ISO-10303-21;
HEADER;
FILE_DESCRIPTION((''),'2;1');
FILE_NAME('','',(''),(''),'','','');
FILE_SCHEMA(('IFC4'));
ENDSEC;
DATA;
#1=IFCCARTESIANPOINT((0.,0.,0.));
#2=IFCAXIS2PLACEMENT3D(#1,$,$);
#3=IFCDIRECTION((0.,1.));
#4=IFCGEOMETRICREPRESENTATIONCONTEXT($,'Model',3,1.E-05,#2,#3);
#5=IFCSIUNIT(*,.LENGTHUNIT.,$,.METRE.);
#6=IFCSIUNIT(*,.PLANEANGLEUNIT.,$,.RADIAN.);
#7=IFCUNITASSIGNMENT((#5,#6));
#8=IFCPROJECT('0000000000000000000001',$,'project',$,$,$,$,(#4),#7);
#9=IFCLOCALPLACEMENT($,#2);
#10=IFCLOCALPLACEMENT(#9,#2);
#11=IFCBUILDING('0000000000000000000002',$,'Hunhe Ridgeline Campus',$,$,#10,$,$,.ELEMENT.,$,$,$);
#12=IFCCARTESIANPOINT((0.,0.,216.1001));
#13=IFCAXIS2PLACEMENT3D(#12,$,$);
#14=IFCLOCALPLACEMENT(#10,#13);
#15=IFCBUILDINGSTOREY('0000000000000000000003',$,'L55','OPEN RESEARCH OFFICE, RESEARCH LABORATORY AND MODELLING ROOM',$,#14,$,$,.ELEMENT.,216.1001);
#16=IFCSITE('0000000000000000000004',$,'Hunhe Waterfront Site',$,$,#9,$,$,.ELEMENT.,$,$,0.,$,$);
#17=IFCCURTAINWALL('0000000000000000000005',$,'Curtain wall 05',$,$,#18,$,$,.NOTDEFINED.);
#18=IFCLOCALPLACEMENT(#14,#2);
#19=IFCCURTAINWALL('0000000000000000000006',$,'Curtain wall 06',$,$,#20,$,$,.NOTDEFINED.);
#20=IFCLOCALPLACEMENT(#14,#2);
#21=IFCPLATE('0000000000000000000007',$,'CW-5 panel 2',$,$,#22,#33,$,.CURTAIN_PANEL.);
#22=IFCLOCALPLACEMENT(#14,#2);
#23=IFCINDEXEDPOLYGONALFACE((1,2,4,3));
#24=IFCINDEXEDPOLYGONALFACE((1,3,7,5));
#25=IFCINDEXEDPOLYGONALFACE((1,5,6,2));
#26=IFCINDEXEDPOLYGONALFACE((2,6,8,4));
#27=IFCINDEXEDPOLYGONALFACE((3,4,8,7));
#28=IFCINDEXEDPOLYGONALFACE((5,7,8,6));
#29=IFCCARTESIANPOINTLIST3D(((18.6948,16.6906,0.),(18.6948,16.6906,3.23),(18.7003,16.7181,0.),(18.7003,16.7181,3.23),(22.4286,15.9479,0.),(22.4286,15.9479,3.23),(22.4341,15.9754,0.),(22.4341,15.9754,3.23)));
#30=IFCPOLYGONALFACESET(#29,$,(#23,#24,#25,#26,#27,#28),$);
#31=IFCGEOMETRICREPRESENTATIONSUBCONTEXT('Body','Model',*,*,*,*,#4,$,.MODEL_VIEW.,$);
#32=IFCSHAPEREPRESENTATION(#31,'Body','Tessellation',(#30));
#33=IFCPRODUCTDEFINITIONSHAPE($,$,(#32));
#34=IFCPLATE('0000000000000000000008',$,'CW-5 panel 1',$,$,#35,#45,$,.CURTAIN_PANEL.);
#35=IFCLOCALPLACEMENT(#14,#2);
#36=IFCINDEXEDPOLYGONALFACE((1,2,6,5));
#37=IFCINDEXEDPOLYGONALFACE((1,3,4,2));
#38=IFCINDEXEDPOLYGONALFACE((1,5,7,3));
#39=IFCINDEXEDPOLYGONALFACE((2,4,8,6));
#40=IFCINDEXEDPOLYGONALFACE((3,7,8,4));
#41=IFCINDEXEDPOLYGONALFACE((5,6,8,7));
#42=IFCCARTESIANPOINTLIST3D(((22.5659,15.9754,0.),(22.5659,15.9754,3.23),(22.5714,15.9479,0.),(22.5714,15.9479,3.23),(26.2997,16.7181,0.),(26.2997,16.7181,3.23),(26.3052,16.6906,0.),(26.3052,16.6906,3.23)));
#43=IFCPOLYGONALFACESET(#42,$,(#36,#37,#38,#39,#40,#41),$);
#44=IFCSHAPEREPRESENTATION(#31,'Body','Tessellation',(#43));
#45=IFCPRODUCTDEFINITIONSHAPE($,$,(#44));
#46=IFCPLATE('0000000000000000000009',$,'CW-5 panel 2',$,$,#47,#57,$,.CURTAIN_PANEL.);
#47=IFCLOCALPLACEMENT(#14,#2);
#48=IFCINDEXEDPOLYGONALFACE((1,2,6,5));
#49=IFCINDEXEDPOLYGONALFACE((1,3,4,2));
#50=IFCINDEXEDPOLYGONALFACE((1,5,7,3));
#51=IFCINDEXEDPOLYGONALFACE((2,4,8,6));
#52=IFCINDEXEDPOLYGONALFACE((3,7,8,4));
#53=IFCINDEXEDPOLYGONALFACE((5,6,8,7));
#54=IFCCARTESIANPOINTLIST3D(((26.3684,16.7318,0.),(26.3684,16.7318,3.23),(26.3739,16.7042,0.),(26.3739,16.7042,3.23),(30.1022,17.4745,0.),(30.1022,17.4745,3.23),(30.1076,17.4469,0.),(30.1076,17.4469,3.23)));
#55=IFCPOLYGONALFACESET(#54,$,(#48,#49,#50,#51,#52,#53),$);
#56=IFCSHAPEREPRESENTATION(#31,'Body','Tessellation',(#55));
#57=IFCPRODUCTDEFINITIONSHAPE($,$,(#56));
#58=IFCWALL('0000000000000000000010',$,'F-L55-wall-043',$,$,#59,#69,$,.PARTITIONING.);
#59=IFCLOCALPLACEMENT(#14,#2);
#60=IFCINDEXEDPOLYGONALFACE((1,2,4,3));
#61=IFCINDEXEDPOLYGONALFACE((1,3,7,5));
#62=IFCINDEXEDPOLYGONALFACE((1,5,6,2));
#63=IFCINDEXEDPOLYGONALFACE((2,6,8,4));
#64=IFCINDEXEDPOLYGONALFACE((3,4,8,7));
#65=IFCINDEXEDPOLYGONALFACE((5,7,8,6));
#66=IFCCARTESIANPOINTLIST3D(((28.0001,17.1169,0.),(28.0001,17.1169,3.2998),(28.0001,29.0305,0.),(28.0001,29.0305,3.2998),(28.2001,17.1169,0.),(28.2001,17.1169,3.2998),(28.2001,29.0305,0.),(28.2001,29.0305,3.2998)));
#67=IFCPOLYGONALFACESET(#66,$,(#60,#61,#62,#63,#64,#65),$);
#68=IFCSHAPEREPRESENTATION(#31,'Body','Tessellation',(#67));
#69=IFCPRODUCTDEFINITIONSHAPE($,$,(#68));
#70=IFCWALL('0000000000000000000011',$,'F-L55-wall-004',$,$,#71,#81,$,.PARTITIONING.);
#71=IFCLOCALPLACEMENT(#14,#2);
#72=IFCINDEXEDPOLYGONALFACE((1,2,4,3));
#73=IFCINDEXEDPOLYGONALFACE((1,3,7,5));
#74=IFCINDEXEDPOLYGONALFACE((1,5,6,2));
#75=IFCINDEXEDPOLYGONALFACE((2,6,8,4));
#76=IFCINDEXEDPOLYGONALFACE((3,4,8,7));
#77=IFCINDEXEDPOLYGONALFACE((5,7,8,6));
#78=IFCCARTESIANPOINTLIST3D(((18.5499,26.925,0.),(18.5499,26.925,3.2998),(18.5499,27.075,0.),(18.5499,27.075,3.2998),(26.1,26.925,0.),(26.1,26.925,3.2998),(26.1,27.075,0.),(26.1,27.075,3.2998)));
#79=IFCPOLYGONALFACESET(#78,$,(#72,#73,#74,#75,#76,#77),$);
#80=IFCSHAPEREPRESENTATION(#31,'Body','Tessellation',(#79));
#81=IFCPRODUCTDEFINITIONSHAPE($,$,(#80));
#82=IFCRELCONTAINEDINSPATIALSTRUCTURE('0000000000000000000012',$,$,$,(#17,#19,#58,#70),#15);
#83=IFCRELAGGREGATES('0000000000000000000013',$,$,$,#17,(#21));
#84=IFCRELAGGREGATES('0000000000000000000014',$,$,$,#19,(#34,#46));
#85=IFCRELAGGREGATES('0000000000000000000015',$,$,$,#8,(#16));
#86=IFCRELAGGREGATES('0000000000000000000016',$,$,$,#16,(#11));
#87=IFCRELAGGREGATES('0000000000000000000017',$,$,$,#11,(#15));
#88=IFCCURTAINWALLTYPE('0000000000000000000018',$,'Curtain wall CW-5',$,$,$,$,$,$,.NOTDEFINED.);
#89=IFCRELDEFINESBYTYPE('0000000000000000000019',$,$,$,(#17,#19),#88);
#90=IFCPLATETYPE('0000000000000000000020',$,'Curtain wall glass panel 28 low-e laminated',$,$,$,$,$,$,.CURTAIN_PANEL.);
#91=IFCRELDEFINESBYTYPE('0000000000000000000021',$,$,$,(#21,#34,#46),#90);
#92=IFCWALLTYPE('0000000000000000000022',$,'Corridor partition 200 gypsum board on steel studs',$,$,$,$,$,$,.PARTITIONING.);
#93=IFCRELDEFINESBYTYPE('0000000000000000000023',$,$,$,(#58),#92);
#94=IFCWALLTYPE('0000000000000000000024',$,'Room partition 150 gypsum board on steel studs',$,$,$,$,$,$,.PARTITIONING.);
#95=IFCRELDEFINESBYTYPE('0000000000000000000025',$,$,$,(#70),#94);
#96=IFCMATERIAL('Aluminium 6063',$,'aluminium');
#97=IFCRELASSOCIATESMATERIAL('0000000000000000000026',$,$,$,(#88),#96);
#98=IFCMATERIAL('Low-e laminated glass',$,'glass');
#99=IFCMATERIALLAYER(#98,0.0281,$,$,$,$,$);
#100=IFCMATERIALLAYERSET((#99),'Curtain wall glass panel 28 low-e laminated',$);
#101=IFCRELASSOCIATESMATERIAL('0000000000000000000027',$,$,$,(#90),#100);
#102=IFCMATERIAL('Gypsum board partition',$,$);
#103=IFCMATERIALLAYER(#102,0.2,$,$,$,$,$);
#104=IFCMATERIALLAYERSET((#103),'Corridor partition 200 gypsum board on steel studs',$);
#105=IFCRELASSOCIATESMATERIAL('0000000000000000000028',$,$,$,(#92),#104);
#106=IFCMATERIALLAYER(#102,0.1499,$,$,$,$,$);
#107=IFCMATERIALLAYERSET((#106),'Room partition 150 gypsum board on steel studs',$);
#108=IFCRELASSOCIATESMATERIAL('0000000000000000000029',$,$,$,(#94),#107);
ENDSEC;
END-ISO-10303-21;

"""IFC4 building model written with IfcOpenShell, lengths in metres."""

from ifc_helpers import new_model, si_unit, direction, frame, frame_2d, origin, origin_2d, place, context, subcontext, project, spatial, rectangle, extrude, material, layer, layer_set, type_object, element, aggregate, save


model = new_model("IFC4")

# Units and contexts
model_context = context("Model", 3, precision=1e-05, world=origin(), true_north=direction((0.0, 1.0)))
body_context = subcontext(model_context, "Body", "Model", "MODEL_VIEW")
ifc_project = project(units=[si_unit("LENGTHUNIT", "METRE"), si_unit("PLANEANGLEUNIT", "RADIAN")], contexts=[model_context])

# Site, building, storey
site_placement = place(None, origin())
site = spatial("IfcSite", under=ifc_project, at=site_placement, Name="Hunhe Waterfront Site", CompositionType="ELEMENT", RefElevation=0.0)
building_placement = place(site_placement, origin())
building = spatial("IfcBuilding", under=site, at=building_placement, Name="Hunhe Ridgeline Campus", CompositionType="ELEMENT")
storey_placement = place(building_placement, frame((0.0, 0.0, 216.1001)))
storey = spatial("IfcBuildingStorey", under=building, at=storey_placement, Name="L55", Description="OPEN RESEARCH OFFICE, RESEARCH LABORATORY AND MODELLING ROOM", CompositionType="ELEMENT", Elevation=216.1001)

# Curtain walls
ifc_material_1 = material(Name="Aluminium 6063", Category="aluminium")
curtain_wall_type = type_object("IfcCurtainWallType", Name="Curtain wall CW-5", PredefinedType="NOTDEFINED", material=ifc_material_1)
curtain_wall_1_placement = place(storey_placement, origin())
curtain_wall_1 = element("IfcCurtainWall", 1, at=curtain_wall_1_placement, inside=storey, type_object=curtain_wall_type, Name="Curtain wall 05", PredefinedType="NOTDEFINED")
curtain_wall_2_placement = place(storey_placement, origin())
curtain_wall_2 = element("IfcCurtainWall", 2, at=curtain_wall_2_placement, inside=storey, type_object=curtain_wall_type, Name="Curtain wall 06", PredefinedType="NOTDEFINED")

# Plates
ifc_material_2 = material(Name="Low-e laminated glass", Category="glass")
ifc_layer_1 = layer(ifc_material_2, 0.0281)
ifc_layer_set_1 = layer_set([ifc_layer_1], Name="Curtain wall glass panel 28 low-e laminated")
plate_type = type_object("IfcPlateType", Name="Curtain wall glass panel 28 low-e laminated", PredefinedType="CURTAIN_PANEL", material=ifc_layer_set_1)
plate_1_placement = place(storey_placement, frame((20.5645, 16.333, 0.0), z_axis=(0.0, 0.0, 1.0), x_axis=(0.980785, -0.19509, 0.0)))
plate_1 = element("IfcPlate", 3, at=plate_1_placement, type_object=plate_type, Name="CW-5 panel 2", PredefinedType="CURTAIN_PANEL", context=body_context, shape_type="SweptSolid", body=[
    extrude(rectangle(XDim=3.8069, YDim=0.0281, at=origin_2d()), origin(), (0.0, 0.0, 1.0), 3.23),
])
aggregate(curtain_wall_1, [plate_1])
plate_2_placement = place(storey_placement, frame((24.4355, 16.333, 0.0), z_axis=(0.0, 0.0, 1.0), x_axis=(0.980785, 0.19509, 0.0)))
plate_2 = element("IfcPlate", 4, at=plate_2_placement, type_object=plate_type, Name="CW-5 panel 1", PredefinedType="CURTAIN_PANEL", context=body_context, shape_type="SweptSolid", body=[
    extrude(rectangle(XDim=3.8069, YDim=0.0281, at=origin_2d()), origin(), (0.0, 0.0, 1.0), 3.23),
])
plate_3_placement = place(storey_placement, frame((28.238, 17.0894, 0.0), z_axis=(0.0, 0.0, 1.0), x_axis=(0.980785, 0.19509, 0.0)))
plate_3 = element("IfcPlate", 5, at=plate_3_placement, type_object=plate_type, Name="CW-5 panel 2", PredefinedType="CURTAIN_PANEL", context=body_context, shape_type="SweptSolid", body=[
    extrude(rectangle(XDim=3.8069, YDim=0.0281, at=origin_2d()), origin(), (0.0, 0.0, 1.0), 3.23),
])
aggregate(curtain_wall_2, [plate_2, plate_3])

# Shared definitions
ifc_material_3 = material(Name="Gypsum board partition")
ifc_layer_2 = layer(ifc_material_3, 0.2)
ifc_layer_set_2 = layer_set([ifc_layer_2], Name="Corridor partition 200 gypsum board on steel studs")
wall_type_1 = type_object("IfcWallType", Name="Corridor partition 200 gypsum board on steel studs", PredefinedType="PARTITIONING", material=ifc_layer_set_2)

# Walls
wall_1_placement = place(storey_placement, frame((28.1001, 17.1169, 0.0), z_axis=(0.0, 0.0, 1.0), x_axis=(0.0, 1.0, 0.0)))
element("IfcWall", 6, at=wall_1_placement, inside=storey, type_object=wall_type_1, Name="F-L55-wall-043", PredefinedType="PARTITIONING", context=body_context, shape_type="SweptSolid", body=[
    extrude(rectangle(XDim=11.9136, YDim=0.2, at=frame_2d((5.9568, 0.0))), origin(), (0.0, 0.0, 1.0), 3.2998),
])
ifc_layer_3 = layer(ifc_material_3, 0.1499)
ifc_layer_set_3 = layer_set([ifc_layer_3], Name="Room partition 150 gypsum board on steel studs")
wall_type_2 = type_object("IfcWallType", Name="Room partition 150 gypsum board on steel studs", PredefinedType="PARTITIONING", material=ifc_layer_set_3)
wall_2_placement = place(storey_placement, frame((18.55, 27.0, 0.0), z_axis=(0.0, 0.0, 1.0), x_axis=(1.0, 0.0, 0.0)))
element("IfcWall", 7, at=wall_2_placement, inside=storey, type_object=wall_type_2, Name="F-L55-wall-004", PredefinedType="PARTITIONING", context=body_context, shape_type="SweptSolid", body=[
    extrude(rectangle(XDim=7.55, YDim=0.1499, at=frame_2d((3.7749, 0.0))), origin(), (0.0, 0.0, 1.0), 3.2998),
])

save(model, "model.ifc")
